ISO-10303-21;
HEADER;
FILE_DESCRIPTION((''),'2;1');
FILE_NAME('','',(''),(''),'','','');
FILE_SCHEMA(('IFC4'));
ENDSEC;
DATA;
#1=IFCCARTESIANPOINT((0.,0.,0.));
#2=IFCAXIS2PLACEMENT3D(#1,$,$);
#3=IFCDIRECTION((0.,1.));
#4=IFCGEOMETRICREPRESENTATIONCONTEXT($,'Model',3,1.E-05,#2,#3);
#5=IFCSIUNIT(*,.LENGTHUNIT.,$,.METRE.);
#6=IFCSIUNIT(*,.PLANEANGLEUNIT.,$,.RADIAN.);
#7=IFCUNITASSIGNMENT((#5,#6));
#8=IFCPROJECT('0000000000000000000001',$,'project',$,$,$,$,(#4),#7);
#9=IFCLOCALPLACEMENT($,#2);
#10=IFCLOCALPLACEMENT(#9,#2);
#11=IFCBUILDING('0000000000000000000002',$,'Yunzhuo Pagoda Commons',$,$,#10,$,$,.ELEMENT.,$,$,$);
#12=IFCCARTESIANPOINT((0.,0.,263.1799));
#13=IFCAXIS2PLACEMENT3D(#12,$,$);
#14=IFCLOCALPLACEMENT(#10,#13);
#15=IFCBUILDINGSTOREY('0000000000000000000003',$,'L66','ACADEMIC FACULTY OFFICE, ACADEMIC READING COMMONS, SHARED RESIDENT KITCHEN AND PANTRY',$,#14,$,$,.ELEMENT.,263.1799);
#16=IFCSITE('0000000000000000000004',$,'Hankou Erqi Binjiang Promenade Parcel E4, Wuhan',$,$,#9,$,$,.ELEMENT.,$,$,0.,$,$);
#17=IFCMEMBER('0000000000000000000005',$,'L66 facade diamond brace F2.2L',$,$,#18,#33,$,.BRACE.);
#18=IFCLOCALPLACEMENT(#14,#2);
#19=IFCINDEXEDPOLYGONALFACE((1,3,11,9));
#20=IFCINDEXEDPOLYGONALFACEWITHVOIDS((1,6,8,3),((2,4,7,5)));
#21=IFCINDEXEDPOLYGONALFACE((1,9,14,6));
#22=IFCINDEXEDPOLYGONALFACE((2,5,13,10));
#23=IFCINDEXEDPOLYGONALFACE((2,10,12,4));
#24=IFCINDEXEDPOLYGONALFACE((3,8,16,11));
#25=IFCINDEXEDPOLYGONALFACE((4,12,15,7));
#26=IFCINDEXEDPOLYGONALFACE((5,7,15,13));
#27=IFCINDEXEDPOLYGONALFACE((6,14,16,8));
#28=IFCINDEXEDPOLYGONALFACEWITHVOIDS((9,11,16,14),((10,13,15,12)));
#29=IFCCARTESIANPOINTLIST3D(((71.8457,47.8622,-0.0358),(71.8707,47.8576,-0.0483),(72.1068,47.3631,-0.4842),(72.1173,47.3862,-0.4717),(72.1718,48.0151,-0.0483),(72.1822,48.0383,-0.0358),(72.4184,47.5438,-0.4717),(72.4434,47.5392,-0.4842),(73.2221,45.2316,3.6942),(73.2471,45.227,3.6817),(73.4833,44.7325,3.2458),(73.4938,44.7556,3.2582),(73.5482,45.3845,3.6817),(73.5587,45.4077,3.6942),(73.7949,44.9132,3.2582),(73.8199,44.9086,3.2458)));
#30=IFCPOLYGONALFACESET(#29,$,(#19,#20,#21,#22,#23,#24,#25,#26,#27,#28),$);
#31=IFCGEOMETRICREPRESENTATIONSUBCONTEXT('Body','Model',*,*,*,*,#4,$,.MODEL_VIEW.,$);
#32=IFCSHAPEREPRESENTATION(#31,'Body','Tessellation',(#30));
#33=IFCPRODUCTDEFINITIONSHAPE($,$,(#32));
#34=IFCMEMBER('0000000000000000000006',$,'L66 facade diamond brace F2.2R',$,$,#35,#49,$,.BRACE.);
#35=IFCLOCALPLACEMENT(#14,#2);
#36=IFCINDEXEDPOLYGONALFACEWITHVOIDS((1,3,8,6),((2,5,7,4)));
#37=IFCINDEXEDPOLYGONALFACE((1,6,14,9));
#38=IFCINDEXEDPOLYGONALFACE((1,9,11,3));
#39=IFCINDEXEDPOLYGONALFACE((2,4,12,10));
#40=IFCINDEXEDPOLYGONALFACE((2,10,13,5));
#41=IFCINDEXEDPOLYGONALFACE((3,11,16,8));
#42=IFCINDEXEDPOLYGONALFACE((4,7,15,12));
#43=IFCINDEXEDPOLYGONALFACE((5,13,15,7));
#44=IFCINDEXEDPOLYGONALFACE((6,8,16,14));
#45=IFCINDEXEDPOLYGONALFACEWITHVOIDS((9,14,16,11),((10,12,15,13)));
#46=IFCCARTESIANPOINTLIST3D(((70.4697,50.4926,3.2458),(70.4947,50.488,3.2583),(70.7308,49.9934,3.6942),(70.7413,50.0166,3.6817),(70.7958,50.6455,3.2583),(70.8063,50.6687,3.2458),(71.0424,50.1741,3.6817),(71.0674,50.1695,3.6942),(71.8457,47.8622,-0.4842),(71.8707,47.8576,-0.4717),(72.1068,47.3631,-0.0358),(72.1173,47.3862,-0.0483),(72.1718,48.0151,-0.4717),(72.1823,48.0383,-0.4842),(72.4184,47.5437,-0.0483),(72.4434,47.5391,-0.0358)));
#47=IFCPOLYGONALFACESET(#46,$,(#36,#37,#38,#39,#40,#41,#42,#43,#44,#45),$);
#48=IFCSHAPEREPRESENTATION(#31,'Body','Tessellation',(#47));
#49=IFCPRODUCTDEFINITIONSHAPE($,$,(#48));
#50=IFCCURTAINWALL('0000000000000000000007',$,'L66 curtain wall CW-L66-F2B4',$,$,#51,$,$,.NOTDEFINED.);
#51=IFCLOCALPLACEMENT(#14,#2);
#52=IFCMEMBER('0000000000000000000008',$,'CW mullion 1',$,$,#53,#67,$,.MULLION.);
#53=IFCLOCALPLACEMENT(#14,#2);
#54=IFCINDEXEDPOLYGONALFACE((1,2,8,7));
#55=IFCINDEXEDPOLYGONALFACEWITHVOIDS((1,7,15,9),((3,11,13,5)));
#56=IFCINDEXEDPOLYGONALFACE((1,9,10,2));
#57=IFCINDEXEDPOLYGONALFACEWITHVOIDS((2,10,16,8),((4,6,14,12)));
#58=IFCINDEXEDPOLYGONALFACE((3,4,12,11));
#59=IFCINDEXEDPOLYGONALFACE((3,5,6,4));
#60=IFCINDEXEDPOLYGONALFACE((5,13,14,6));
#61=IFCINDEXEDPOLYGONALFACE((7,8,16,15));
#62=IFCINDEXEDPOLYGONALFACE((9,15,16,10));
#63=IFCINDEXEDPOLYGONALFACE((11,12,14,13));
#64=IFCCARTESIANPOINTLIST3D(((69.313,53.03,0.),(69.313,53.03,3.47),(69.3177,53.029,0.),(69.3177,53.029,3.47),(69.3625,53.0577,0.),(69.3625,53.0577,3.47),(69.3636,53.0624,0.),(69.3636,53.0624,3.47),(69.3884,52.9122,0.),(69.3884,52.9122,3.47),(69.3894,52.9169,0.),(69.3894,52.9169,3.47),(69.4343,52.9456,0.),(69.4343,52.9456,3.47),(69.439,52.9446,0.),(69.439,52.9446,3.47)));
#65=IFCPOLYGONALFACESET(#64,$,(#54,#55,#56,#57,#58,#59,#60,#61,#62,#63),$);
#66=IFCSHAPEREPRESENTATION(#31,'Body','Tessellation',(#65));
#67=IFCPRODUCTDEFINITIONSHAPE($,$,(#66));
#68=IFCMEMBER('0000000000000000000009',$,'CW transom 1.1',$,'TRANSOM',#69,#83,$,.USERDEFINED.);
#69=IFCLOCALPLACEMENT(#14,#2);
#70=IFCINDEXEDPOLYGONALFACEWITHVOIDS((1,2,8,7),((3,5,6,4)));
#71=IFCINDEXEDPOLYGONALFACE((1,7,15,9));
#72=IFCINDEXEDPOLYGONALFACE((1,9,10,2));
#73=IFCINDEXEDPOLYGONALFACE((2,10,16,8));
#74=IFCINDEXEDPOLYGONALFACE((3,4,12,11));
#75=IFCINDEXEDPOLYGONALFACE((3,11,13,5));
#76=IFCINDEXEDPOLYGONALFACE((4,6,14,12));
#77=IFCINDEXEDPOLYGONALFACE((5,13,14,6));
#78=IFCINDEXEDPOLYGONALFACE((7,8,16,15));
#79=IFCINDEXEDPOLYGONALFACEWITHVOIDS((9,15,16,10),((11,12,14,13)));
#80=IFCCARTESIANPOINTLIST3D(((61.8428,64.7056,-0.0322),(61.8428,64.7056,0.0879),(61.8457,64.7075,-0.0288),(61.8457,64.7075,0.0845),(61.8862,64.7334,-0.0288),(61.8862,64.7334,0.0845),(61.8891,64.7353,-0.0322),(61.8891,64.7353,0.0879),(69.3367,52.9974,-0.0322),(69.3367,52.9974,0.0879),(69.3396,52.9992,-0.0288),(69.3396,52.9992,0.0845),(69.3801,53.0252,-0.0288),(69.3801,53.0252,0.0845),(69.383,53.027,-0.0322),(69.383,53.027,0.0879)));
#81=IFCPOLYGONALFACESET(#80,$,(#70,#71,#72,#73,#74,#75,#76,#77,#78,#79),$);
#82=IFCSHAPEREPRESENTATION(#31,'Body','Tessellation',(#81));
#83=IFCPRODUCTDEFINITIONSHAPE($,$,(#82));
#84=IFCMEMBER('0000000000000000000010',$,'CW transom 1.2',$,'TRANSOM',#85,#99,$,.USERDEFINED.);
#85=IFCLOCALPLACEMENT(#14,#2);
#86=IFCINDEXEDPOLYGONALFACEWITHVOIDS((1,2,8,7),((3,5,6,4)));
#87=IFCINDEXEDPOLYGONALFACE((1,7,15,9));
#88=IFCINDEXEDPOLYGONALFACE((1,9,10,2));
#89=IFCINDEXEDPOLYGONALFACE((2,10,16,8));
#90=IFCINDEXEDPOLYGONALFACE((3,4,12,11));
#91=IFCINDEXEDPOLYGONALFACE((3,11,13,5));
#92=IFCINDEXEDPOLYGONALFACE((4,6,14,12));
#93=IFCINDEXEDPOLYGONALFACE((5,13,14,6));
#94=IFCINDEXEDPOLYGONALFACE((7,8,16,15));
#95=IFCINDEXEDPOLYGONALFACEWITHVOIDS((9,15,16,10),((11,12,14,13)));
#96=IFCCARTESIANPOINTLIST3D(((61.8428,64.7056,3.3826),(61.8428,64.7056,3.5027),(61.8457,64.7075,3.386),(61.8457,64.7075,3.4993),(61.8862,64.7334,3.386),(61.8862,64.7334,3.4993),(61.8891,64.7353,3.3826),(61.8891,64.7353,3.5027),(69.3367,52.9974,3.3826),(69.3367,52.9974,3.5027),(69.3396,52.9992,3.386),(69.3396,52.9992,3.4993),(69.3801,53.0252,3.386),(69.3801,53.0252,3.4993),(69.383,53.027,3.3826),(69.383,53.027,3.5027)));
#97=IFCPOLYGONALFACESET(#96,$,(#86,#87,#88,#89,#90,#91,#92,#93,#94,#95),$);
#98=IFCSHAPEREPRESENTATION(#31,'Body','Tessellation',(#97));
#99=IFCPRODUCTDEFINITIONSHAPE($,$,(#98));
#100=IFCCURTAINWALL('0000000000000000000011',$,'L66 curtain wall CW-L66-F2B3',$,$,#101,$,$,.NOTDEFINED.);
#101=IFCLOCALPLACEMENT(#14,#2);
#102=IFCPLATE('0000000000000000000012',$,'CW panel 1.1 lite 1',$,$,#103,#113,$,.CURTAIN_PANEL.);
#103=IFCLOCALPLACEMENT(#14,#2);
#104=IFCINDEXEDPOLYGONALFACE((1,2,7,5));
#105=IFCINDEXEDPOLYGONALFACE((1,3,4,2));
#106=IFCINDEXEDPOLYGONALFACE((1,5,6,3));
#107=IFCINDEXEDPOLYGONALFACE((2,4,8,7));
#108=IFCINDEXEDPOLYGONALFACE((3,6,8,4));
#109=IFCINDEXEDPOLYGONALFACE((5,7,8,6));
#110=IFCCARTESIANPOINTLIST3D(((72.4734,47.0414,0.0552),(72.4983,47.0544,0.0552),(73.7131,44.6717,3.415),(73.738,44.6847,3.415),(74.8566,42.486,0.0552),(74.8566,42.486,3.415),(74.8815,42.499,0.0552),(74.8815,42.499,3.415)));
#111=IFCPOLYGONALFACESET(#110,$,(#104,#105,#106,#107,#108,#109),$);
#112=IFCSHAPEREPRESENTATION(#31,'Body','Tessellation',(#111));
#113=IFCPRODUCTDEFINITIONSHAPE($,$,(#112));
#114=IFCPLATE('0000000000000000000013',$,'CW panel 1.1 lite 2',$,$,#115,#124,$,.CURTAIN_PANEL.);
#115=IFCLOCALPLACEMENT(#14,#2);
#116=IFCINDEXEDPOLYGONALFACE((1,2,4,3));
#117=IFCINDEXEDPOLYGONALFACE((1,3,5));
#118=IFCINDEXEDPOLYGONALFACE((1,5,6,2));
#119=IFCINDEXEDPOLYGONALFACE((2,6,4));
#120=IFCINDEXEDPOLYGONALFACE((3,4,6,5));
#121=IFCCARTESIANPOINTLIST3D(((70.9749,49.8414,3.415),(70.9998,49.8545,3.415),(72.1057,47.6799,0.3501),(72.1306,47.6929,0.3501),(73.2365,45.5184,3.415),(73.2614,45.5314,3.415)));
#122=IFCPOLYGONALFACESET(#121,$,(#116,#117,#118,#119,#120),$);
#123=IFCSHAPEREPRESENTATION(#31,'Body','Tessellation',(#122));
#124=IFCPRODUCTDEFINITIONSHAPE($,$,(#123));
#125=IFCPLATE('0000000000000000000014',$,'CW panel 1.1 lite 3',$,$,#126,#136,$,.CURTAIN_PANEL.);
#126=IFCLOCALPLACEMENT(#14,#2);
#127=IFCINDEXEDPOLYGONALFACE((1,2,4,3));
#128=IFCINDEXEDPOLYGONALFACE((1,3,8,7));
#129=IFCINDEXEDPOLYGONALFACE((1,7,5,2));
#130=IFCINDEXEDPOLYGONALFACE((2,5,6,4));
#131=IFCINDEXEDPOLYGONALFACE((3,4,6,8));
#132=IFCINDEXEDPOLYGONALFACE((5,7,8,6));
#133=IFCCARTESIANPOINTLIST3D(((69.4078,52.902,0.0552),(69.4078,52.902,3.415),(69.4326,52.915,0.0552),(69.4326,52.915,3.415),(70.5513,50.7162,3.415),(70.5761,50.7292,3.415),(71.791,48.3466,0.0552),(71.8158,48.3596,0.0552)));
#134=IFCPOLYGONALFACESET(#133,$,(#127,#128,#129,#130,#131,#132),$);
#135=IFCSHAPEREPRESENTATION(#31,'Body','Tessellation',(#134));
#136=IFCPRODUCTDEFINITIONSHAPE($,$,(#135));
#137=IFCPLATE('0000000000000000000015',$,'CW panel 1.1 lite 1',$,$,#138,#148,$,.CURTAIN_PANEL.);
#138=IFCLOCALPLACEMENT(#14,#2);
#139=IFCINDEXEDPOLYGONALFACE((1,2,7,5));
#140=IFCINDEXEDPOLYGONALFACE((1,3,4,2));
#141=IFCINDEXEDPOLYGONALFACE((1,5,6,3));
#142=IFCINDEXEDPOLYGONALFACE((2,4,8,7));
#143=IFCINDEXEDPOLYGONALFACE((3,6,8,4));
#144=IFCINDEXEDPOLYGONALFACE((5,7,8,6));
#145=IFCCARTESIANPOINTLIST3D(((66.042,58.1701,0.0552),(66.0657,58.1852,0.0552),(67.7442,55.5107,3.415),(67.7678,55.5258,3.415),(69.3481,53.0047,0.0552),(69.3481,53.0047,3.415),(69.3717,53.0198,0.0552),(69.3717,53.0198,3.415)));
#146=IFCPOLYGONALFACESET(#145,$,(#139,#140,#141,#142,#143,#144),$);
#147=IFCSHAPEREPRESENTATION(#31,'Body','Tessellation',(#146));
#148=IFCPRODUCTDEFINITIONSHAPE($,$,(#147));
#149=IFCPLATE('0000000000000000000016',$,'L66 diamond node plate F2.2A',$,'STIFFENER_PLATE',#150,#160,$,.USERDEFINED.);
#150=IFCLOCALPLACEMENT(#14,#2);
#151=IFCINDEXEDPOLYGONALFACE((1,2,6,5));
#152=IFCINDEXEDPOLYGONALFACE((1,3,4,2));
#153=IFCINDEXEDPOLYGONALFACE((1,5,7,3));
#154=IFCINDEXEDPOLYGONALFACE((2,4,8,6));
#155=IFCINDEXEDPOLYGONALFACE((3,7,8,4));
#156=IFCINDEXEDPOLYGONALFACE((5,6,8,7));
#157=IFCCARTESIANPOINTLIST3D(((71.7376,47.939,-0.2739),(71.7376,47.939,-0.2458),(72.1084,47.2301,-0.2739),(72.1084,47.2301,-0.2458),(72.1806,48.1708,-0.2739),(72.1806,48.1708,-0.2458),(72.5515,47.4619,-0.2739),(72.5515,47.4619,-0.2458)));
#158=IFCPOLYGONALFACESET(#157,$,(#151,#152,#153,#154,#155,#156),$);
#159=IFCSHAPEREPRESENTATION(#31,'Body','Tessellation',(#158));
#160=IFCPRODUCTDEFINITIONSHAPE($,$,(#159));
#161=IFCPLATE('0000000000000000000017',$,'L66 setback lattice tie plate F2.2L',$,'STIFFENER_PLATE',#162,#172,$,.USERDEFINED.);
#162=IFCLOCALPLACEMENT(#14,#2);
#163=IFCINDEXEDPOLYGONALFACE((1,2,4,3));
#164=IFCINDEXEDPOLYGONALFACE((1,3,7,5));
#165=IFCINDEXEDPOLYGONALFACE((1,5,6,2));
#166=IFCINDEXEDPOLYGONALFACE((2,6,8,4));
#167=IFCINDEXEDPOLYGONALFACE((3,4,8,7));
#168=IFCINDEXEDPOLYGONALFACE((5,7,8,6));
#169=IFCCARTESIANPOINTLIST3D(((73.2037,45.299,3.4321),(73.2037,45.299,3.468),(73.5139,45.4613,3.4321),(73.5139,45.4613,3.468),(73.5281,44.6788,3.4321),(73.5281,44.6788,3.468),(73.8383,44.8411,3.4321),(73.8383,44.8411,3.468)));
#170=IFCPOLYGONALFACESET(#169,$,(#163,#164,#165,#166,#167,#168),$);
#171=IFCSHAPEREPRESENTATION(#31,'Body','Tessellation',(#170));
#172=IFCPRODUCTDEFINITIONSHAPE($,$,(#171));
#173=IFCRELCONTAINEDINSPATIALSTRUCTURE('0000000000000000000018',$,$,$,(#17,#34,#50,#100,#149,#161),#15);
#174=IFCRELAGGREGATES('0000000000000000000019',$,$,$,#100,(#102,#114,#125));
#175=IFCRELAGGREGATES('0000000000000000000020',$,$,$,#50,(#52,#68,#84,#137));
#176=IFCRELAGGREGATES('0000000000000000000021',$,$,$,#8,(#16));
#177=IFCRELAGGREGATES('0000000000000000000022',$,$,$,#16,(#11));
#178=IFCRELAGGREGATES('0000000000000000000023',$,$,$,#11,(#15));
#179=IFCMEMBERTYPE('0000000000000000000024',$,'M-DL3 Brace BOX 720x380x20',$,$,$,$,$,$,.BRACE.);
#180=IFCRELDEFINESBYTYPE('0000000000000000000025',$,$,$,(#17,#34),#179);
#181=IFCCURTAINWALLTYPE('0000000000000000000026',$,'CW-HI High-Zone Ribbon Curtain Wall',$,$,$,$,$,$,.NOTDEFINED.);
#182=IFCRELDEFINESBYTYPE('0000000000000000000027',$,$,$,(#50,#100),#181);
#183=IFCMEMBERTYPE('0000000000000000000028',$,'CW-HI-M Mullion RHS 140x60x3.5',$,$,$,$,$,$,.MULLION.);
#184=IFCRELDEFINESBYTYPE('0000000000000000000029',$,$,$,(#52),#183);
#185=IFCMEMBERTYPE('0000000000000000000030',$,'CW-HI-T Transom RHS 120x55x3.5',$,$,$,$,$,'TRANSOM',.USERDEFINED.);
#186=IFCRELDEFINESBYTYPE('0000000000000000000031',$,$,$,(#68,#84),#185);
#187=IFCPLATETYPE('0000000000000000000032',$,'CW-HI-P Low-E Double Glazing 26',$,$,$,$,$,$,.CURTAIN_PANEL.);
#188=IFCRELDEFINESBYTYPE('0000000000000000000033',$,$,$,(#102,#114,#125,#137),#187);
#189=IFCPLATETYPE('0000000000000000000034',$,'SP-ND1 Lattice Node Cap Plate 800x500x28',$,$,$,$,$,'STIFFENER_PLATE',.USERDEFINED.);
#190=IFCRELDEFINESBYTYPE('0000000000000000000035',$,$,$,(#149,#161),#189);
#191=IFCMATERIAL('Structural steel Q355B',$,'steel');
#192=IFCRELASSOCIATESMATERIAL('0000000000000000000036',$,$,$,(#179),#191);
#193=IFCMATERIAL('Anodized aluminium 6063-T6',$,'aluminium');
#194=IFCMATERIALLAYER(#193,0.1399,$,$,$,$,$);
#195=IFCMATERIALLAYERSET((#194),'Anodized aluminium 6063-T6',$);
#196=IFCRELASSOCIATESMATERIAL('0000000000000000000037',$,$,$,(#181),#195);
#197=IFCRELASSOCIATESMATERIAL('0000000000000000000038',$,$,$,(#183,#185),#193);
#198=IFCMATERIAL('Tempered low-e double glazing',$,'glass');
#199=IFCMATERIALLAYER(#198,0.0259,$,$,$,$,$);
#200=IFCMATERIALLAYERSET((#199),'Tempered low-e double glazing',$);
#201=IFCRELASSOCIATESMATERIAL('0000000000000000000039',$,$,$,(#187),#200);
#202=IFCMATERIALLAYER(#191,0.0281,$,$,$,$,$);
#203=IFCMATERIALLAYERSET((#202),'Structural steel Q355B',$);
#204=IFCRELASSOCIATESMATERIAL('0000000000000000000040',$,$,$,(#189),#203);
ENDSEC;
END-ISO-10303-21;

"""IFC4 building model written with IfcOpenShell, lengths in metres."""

from ifc_helpers import new_model, si_unit, direction, frame, origin, origin_2d, place, context, subcontext, project, spatial, polyline, rectangle, hollow_rectangle, outline, extrude, source, transform, mapped, material, layer, layer_set, material_profile, profile_set, type_object, element, aggregate, save


model = new_model("IFC4")

# Units and contexts
model_context = context("Model", 3, precision=1e-05, world=origin(), true_north=direction((0.0, 1.0)))
body_context = subcontext(model_context, "Body", "Model", "MODEL_VIEW")
ifc_project = project(units=[si_unit("LENGTHUNIT", "METRE"), si_unit("PLANEANGLEUNIT", "RADIAN")], contexts=[model_context])

# Site, building, storey
site_placement = place(None, origin())
site = spatial("IfcSite", under=ifc_project, at=site_placement, Name="Hankou Erqi Binjiang Promenade Parcel E4, Wuhan", CompositionType="ELEMENT", RefElevation=0.0)
building_placement = place(site_placement, origin())
building = spatial("IfcBuilding", under=site, at=building_placement, Name="Yunzhuo Pagoda Commons", CompositionType="ELEMENT")
storey_placement = place(building_placement, frame((0.0, 0.0, 263.1799)))
storey = spatial("IfcBuildingStorey", under=building, at=storey_placement, Name="L66", Description="ACADEMIC FACULTY OFFICE, ACADEMIC READING COMMONS, SHARED RESIDENT KITCHEN AND PANTRY", CompositionType="ELEMENT", Elevation=263.1799)

# Shared definitions
ifc_material_1 = material(Name="Structural steel Q355B", Category="steel")

# Members
ifc_material_profile_1 = material_profile(ifc_material_1, hollow_rectangle(XDim=0.3799, YDim=0.72, WallThickness=0.02, at=origin_2d()), Name="Structural steel Q355B")
ifc_profile_set_1 = profile_set([ifc_material_profile_1], Name="Structural steel Q355B")
member_type_1 = type_object("IfcMemberType", Name="M-DL3 Brace BOX 720x380x20", PredefinedType="BRACE", material=ifc_profile_set_1)
shared_shape_1 = source(origin(), body_context, "Body", "SweptSolid", [
    extrude(hollow_rectangle(XDim=0.3799, YDim=0.72, WallThickness=0.02, at=origin_2d()), origin(), (0.0, 0.0, 1.0), 4.7673),
])
member_1_placement = place(storey_placement, frame((72.1445, 47.7007, -0.26), z_axis=(0.288728, -0.551799, 0.782403), x_axis=(0.886036, 0.463617, 0.0)))
element("IfcMember", 1, at=member_1_placement, inside=storey, type_object=member_type_1, Name="L66 facade diamond brace F2.2L", PredefinedType="BRACE", context=body_context, shape_type="MappedRepresentation", body=[
    mapped(shared_shape_1, transform((0.0, 0.0, 0.0), scale=1.0)),
])
shared_shape_2 = source(origin(), body_context, "Body", "SweptSolid", [
    extrude(hollow_rectangle(XDim=0.3799, YDim=0.72, WallThickness=0.02, at=origin_2d()), origin(), (0.0, 0.0, 1.0), 4.7671),
])
member_2_placement = place(storey_placement, frame((72.1445, 47.7007, -0.26), z_axis=(-0.288642, 0.55178, 0.782448), x_axis=(-0.886086, -0.463521, 0.0)))
element("IfcMember", 2, at=member_2_placement, inside=storey, type_object=member_type_1, Name="L66 facade diamond brace F2.2R", PredefinedType="BRACE", context=body_context, shape_type="MappedRepresentation", body=[
    mapped(shared_shape_2, transform((0.0, 0.0, 0.0), scale=1.0)),
])

# Curtain wall, members
ifc_material_2 = material(Name="Anodized aluminium 6063-T6", Category="aluminium")
ifc_layer_1 = layer(ifc_material_2, 0.1399)
ifc_layer_set_1 = layer_set([ifc_layer_1], Name="Anodized aluminium 6063-T6")
curtain_wall_type = type_object("IfcCurtainWallType", Name="CW-HI High-Zone Ribbon Curtain Wall", PredefinedType="NOTDEFINED", material=ifc_layer_set_1)
curtain_wall_1_placement = place(storey_placement, origin())
curtain_wall_1 = element("IfcCurtainWall", 3, at=curtain_wall_1_placement, inside=storey, type_object=curtain_wall_type, Name="L66 curtain wall CW-L66-F2B4", PredefinedType="NOTDEFINED")
ifc_material_profile_2 = material_profile(ifc_material_2, hollow_rectangle(XDim=0.0601, YDim=0.1399, WallThickness=0.0034, at=origin_2d()), Name="Anodized aluminium 6063-T6")
ifc_profile_set_2 = profile_set([ifc_material_profile_2], Name="Anodized aluminium 6063-T6")
member_type_2 = type_object("IfcMemberType", Name="CW-HI-M Mullion RHS 140x60x3.5", PredefinedType="MULLION", material=ifc_profile_set_2)
shared_shape_3 = source(origin(), body_context, "Body", "SweptSolid", [
    extrude(hollow_rectangle(XDim=0.0601, YDim=0.1399, WallThickness=0.0034, at=origin_2d()), origin(), (0.0, 0.0, 1.0), 3.47),
])
member_3_placement = place(storey_placement, frame((69.376, 52.9873, 0.0), z_axis=(0.0, 0.0, 1.0), x_axis=(-0.842256, -0.539078, 0.0)))
member_3 = element("IfcMember", 4, at=member_3_placement, type_object=member_type_2, Name="CW mullion 1", PredefinedType="MULLION", context=body_context, shape_type="MappedRepresentation", body=[
    mapped(shared_shape_3, transform((0.0, 0.0, 0.0), scale=1.0)),
])
ifc_material_profile_3 = material_profile(ifc_material_2, hollow_rectangle(XDim=0.0549, YDim=0.1201, WallThickness=0.0034, at=origin_2d()), Name="Anodized aluminium 6063-T6")
ifc_profile_set_3 = profile_set([ifc_material_profile_3], Name="Anodized aluminium 6063-T6")
member_type_3 = type_object("IfcMemberType", Name="CW-HI-T Transom RHS 120x55x3.5", ElementType="TRANSOM", PredefinedType="USERDEFINED", material=ifc_profile_set_3)
shared_shape_4 = source(origin(), body_context, "Body", "SweptSolid", [
    extrude(hollow_rectangle(XDim=0.0549, YDim=0.1201, WallThickness=0.0034, at=origin_2d()), origin(), (0.0, 0.0, 1.0), 13.9011),
])
member_4_placement = place(storey_placement, frame((69.3599, 53.0122, 0.0278), z_axis=(-0.539085, 0.842251, 0.0), x_axis=(-0.842251, -0.539085, 0.0)))
member_4 = element("IfcMember", 5, at=member_4_placement, type_object=member_type_3, Name="CW transom 1.1", ObjectType="TRANSOM", PredefinedType="USERDEFINED", context=body_context, shape_type="MappedRepresentation", body=[
    mapped(shared_shape_4, transform((0.0, 0.0, 0.0), scale=1.0)),
])
member_5_placement = place(storey_placement, frame((69.3599, 53.0122, 3.4426), z_axis=(-0.539085, 0.842251, 0.0), x_axis=(-0.842251, -0.539085, 0.0)))
member_5 = element("IfcMember", 6, at=member_5_placement, type_object=member_type_3, Name="CW transom 1.2", ObjectType="TRANSOM", PredefinedType="USERDEFINED", context=body_context, shape_type="MappedRepresentation", body=[
    mapped(shared_shape_4, transform((0.0, 0.0, 0.0), scale=1.0)),
])

# Curtain wall, plates
curtain_wall_2_placement = place(storey_placement, origin())
curtain_wall_2 = element("IfcCurtainWall", 7, at=curtain_wall_2_placement, inside=storey, type_object=curtain_wall_type, Name="L66 curtain wall CW-L66-F2B3", PredefinedType="NOTDEFINED")
ifc_material_3 = material(Name="Tempered low-e double glazing", Category="glass")
ifc_layer_2 = layer(ifc_material_3, 0.0259)
ifc_layer_set_2 = layer_set([ifc_layer_2], Name="Tempered low-e double glazing")
plate_type_1 = type_object("IfcPlateType", Name="CW-HI-P Low-E Double Glazing 26", PredefinedType="CURTAIN_PANEL", material=ifc_layer_set_2)
plate_1_placement = place(storey_placement, frame((73.665, 44.7637, 1.7351), z_axis=(0.886066, 0.463559, 0.0), x_axis=(-0.463559, 0.886066, 0.0)))
plate_1 = element("IfcPlate", 8, at=plate_1_placement, type_object=plate_type_1, Name="CW panel 1.1 lite 1", PredefinedType="CURTAIN_PANEL", context=body_context, shape_type="SweptSolid", body=[
    extrude(outline(polyline([(-2.5706, -1.6799), (2.5706, -1.6799), (-0.1038, 1.6799), (-2.5706, 1.6799), (-2.5706, -1.6799)])), origin(), (0.0, 0.0, 1.0), 0.0281),
])
plate_2_placement = place(storey_placement, frame((72.1057, 47.6799, 1.8826), z_axis=(0.886066, 0.463559, 0.0), x_axis=(-0.463559, 0.886066, 0.0)))
plate_2 = element("IfcPlate", 9, at=plate_2_placement, type_object=plate_type_1, Name="CW panel 1.1 lite 2", PredefinedType="CURTAIN_PANEL", context=body_context, shape_type="SweptSolid", body=[
    extrude(outline(polyline([(-2.4395, 1.5325), (0.0, -1.5325), (2.4395, 1.5325), (-2.4395, 1.5325)])), origin(), (0.0, 0.0, 1.0), 0.0281),
])
plate_3_placement = place(storey_placement, frame((70.5994, 50.6243, 1.7351), z_axis=(0.886066, 0.463559, 0.0), x_axis=(-0.463559, 0.886066, 0.0)))
plate_3 = element("IfcPlate", 10, at=plate_3_placement, type_object=plate_type_1, Name="CW panel 1.1 lite 3", PredefinedType="CURTAIN_PANEL", context=body_context, shape_type="SweptSolid", body=[
    extrude(outline(polyline([(-2.5706, -1.6799), (2.5706, -1.6799), (2.5706, 1.6799), (0.1038, 1.6799), (-2.5706, -1.6799)])), origin(), (0.0, 0.0, 1.0), 0.0281),
])
aggregate(curtain_wall_2, [plate_1, plate_2, plate_3])

# Plate
plate_4_placement = place(storey_placement, frame((67.6951, 55.5874, 1.7351), z_axis=(0.842256, 0.539078, 0.0), x_axis=(-0.539078, 0.842256, 0.0)))
plate_4 = element("IfcPlate", 11, at=plate_4_placement, type_object=plate_type_1, Name="CW panel 1.1 lite 1", PredefinedType="CURTAIN_PANEL", context=body_context, shape_type="SweptSolid", body=[
    extrude(outline(polyline([(-3.0664, -1.6799), (3.0664, -1.6799), (-0.0911, 1.6799), (-3.0664, 1.6799), (-3.0664, -1.6799)])), origin(), (0.0, 0.0, 1.0), 0.0281),
])
aggregate(curtain_wall_1, [member_3, member_4, member_5, plate_4])

# Plates
ifc_layer_3 = layer(ifc_material_1, 0.0281)
ifc_layer_set_3 = layer_set([ifc_layer_3], Name="Structural steel Q355B")
plate_type_2 = type_object("IfcPlateType", Name="SP-ND1 Lattice Node Cap Plate 800x500x28", ElementType="STIFFENER_PLATE", PredefinedType="USERDEFINED", material=ifc_layer_set_3)
shared_shape_5 = source(origin(), body_context, "Body", "SweptSolid", [
    extrude(rectangle(XDim=0.8, YDim=0.5, at=origin_2d()), origin(), (0.0, 0.0, 1.0), 0.0281),
])
plate_5_placement = place(storey_placement, frame((72.1445, 47.7004, -0.2739), z_axis=(0.0, 0.0, 1.0), x_axis=(-0.463559, 0.886066, 0.0)))
element("IfcPlate", 12, at=plate_5_placement, inside=storey, type_object=plate_type_2, Name="L66 diamond node plate F2.2A", ObjectType="STIFFENER_PLATE", PredefinedType="USERDEFINED", context=body_context, shape_type="MappedRepresentation", body=[
    mapped(shared_shape_5, transform((0.0, 0.0, 0.0), scale=1.0)),
])
shared_shape_6 = source(origin(), body_context, "Body", "SweptSolid", [
    extrude(rectangle(XDim=0.7, YDim=0.3501, at=origin_2d()), origin(), (0.0, 0.0, 1.0), 0.0359),
])
for number, where, z_axis, x_axis, name in (
    (13, (73.521, 45.0701, 3.4321), (0.0, 0.0, 1.0), (-0.463559, 0.886066, 0.0), "L66 setback lattice tie plate F2.2L"),
):
    element("IfcPlate", number, at=place(storey_placement, frame(where, z_axis=z_axis, x_axis=x_axis)), inside=storey, type_object=plate_type_2, Name=name, ObjectType="STIFFENER_PLATE", PredefinedType="USERDEFINED", context=body_context, shape_type="MappedRepresentation", body=[
        mapped(shared_shape_6, transform((0.0, 0.0, 0.0), scale=1.0)),
    ])

save(model, "model.ifc")
